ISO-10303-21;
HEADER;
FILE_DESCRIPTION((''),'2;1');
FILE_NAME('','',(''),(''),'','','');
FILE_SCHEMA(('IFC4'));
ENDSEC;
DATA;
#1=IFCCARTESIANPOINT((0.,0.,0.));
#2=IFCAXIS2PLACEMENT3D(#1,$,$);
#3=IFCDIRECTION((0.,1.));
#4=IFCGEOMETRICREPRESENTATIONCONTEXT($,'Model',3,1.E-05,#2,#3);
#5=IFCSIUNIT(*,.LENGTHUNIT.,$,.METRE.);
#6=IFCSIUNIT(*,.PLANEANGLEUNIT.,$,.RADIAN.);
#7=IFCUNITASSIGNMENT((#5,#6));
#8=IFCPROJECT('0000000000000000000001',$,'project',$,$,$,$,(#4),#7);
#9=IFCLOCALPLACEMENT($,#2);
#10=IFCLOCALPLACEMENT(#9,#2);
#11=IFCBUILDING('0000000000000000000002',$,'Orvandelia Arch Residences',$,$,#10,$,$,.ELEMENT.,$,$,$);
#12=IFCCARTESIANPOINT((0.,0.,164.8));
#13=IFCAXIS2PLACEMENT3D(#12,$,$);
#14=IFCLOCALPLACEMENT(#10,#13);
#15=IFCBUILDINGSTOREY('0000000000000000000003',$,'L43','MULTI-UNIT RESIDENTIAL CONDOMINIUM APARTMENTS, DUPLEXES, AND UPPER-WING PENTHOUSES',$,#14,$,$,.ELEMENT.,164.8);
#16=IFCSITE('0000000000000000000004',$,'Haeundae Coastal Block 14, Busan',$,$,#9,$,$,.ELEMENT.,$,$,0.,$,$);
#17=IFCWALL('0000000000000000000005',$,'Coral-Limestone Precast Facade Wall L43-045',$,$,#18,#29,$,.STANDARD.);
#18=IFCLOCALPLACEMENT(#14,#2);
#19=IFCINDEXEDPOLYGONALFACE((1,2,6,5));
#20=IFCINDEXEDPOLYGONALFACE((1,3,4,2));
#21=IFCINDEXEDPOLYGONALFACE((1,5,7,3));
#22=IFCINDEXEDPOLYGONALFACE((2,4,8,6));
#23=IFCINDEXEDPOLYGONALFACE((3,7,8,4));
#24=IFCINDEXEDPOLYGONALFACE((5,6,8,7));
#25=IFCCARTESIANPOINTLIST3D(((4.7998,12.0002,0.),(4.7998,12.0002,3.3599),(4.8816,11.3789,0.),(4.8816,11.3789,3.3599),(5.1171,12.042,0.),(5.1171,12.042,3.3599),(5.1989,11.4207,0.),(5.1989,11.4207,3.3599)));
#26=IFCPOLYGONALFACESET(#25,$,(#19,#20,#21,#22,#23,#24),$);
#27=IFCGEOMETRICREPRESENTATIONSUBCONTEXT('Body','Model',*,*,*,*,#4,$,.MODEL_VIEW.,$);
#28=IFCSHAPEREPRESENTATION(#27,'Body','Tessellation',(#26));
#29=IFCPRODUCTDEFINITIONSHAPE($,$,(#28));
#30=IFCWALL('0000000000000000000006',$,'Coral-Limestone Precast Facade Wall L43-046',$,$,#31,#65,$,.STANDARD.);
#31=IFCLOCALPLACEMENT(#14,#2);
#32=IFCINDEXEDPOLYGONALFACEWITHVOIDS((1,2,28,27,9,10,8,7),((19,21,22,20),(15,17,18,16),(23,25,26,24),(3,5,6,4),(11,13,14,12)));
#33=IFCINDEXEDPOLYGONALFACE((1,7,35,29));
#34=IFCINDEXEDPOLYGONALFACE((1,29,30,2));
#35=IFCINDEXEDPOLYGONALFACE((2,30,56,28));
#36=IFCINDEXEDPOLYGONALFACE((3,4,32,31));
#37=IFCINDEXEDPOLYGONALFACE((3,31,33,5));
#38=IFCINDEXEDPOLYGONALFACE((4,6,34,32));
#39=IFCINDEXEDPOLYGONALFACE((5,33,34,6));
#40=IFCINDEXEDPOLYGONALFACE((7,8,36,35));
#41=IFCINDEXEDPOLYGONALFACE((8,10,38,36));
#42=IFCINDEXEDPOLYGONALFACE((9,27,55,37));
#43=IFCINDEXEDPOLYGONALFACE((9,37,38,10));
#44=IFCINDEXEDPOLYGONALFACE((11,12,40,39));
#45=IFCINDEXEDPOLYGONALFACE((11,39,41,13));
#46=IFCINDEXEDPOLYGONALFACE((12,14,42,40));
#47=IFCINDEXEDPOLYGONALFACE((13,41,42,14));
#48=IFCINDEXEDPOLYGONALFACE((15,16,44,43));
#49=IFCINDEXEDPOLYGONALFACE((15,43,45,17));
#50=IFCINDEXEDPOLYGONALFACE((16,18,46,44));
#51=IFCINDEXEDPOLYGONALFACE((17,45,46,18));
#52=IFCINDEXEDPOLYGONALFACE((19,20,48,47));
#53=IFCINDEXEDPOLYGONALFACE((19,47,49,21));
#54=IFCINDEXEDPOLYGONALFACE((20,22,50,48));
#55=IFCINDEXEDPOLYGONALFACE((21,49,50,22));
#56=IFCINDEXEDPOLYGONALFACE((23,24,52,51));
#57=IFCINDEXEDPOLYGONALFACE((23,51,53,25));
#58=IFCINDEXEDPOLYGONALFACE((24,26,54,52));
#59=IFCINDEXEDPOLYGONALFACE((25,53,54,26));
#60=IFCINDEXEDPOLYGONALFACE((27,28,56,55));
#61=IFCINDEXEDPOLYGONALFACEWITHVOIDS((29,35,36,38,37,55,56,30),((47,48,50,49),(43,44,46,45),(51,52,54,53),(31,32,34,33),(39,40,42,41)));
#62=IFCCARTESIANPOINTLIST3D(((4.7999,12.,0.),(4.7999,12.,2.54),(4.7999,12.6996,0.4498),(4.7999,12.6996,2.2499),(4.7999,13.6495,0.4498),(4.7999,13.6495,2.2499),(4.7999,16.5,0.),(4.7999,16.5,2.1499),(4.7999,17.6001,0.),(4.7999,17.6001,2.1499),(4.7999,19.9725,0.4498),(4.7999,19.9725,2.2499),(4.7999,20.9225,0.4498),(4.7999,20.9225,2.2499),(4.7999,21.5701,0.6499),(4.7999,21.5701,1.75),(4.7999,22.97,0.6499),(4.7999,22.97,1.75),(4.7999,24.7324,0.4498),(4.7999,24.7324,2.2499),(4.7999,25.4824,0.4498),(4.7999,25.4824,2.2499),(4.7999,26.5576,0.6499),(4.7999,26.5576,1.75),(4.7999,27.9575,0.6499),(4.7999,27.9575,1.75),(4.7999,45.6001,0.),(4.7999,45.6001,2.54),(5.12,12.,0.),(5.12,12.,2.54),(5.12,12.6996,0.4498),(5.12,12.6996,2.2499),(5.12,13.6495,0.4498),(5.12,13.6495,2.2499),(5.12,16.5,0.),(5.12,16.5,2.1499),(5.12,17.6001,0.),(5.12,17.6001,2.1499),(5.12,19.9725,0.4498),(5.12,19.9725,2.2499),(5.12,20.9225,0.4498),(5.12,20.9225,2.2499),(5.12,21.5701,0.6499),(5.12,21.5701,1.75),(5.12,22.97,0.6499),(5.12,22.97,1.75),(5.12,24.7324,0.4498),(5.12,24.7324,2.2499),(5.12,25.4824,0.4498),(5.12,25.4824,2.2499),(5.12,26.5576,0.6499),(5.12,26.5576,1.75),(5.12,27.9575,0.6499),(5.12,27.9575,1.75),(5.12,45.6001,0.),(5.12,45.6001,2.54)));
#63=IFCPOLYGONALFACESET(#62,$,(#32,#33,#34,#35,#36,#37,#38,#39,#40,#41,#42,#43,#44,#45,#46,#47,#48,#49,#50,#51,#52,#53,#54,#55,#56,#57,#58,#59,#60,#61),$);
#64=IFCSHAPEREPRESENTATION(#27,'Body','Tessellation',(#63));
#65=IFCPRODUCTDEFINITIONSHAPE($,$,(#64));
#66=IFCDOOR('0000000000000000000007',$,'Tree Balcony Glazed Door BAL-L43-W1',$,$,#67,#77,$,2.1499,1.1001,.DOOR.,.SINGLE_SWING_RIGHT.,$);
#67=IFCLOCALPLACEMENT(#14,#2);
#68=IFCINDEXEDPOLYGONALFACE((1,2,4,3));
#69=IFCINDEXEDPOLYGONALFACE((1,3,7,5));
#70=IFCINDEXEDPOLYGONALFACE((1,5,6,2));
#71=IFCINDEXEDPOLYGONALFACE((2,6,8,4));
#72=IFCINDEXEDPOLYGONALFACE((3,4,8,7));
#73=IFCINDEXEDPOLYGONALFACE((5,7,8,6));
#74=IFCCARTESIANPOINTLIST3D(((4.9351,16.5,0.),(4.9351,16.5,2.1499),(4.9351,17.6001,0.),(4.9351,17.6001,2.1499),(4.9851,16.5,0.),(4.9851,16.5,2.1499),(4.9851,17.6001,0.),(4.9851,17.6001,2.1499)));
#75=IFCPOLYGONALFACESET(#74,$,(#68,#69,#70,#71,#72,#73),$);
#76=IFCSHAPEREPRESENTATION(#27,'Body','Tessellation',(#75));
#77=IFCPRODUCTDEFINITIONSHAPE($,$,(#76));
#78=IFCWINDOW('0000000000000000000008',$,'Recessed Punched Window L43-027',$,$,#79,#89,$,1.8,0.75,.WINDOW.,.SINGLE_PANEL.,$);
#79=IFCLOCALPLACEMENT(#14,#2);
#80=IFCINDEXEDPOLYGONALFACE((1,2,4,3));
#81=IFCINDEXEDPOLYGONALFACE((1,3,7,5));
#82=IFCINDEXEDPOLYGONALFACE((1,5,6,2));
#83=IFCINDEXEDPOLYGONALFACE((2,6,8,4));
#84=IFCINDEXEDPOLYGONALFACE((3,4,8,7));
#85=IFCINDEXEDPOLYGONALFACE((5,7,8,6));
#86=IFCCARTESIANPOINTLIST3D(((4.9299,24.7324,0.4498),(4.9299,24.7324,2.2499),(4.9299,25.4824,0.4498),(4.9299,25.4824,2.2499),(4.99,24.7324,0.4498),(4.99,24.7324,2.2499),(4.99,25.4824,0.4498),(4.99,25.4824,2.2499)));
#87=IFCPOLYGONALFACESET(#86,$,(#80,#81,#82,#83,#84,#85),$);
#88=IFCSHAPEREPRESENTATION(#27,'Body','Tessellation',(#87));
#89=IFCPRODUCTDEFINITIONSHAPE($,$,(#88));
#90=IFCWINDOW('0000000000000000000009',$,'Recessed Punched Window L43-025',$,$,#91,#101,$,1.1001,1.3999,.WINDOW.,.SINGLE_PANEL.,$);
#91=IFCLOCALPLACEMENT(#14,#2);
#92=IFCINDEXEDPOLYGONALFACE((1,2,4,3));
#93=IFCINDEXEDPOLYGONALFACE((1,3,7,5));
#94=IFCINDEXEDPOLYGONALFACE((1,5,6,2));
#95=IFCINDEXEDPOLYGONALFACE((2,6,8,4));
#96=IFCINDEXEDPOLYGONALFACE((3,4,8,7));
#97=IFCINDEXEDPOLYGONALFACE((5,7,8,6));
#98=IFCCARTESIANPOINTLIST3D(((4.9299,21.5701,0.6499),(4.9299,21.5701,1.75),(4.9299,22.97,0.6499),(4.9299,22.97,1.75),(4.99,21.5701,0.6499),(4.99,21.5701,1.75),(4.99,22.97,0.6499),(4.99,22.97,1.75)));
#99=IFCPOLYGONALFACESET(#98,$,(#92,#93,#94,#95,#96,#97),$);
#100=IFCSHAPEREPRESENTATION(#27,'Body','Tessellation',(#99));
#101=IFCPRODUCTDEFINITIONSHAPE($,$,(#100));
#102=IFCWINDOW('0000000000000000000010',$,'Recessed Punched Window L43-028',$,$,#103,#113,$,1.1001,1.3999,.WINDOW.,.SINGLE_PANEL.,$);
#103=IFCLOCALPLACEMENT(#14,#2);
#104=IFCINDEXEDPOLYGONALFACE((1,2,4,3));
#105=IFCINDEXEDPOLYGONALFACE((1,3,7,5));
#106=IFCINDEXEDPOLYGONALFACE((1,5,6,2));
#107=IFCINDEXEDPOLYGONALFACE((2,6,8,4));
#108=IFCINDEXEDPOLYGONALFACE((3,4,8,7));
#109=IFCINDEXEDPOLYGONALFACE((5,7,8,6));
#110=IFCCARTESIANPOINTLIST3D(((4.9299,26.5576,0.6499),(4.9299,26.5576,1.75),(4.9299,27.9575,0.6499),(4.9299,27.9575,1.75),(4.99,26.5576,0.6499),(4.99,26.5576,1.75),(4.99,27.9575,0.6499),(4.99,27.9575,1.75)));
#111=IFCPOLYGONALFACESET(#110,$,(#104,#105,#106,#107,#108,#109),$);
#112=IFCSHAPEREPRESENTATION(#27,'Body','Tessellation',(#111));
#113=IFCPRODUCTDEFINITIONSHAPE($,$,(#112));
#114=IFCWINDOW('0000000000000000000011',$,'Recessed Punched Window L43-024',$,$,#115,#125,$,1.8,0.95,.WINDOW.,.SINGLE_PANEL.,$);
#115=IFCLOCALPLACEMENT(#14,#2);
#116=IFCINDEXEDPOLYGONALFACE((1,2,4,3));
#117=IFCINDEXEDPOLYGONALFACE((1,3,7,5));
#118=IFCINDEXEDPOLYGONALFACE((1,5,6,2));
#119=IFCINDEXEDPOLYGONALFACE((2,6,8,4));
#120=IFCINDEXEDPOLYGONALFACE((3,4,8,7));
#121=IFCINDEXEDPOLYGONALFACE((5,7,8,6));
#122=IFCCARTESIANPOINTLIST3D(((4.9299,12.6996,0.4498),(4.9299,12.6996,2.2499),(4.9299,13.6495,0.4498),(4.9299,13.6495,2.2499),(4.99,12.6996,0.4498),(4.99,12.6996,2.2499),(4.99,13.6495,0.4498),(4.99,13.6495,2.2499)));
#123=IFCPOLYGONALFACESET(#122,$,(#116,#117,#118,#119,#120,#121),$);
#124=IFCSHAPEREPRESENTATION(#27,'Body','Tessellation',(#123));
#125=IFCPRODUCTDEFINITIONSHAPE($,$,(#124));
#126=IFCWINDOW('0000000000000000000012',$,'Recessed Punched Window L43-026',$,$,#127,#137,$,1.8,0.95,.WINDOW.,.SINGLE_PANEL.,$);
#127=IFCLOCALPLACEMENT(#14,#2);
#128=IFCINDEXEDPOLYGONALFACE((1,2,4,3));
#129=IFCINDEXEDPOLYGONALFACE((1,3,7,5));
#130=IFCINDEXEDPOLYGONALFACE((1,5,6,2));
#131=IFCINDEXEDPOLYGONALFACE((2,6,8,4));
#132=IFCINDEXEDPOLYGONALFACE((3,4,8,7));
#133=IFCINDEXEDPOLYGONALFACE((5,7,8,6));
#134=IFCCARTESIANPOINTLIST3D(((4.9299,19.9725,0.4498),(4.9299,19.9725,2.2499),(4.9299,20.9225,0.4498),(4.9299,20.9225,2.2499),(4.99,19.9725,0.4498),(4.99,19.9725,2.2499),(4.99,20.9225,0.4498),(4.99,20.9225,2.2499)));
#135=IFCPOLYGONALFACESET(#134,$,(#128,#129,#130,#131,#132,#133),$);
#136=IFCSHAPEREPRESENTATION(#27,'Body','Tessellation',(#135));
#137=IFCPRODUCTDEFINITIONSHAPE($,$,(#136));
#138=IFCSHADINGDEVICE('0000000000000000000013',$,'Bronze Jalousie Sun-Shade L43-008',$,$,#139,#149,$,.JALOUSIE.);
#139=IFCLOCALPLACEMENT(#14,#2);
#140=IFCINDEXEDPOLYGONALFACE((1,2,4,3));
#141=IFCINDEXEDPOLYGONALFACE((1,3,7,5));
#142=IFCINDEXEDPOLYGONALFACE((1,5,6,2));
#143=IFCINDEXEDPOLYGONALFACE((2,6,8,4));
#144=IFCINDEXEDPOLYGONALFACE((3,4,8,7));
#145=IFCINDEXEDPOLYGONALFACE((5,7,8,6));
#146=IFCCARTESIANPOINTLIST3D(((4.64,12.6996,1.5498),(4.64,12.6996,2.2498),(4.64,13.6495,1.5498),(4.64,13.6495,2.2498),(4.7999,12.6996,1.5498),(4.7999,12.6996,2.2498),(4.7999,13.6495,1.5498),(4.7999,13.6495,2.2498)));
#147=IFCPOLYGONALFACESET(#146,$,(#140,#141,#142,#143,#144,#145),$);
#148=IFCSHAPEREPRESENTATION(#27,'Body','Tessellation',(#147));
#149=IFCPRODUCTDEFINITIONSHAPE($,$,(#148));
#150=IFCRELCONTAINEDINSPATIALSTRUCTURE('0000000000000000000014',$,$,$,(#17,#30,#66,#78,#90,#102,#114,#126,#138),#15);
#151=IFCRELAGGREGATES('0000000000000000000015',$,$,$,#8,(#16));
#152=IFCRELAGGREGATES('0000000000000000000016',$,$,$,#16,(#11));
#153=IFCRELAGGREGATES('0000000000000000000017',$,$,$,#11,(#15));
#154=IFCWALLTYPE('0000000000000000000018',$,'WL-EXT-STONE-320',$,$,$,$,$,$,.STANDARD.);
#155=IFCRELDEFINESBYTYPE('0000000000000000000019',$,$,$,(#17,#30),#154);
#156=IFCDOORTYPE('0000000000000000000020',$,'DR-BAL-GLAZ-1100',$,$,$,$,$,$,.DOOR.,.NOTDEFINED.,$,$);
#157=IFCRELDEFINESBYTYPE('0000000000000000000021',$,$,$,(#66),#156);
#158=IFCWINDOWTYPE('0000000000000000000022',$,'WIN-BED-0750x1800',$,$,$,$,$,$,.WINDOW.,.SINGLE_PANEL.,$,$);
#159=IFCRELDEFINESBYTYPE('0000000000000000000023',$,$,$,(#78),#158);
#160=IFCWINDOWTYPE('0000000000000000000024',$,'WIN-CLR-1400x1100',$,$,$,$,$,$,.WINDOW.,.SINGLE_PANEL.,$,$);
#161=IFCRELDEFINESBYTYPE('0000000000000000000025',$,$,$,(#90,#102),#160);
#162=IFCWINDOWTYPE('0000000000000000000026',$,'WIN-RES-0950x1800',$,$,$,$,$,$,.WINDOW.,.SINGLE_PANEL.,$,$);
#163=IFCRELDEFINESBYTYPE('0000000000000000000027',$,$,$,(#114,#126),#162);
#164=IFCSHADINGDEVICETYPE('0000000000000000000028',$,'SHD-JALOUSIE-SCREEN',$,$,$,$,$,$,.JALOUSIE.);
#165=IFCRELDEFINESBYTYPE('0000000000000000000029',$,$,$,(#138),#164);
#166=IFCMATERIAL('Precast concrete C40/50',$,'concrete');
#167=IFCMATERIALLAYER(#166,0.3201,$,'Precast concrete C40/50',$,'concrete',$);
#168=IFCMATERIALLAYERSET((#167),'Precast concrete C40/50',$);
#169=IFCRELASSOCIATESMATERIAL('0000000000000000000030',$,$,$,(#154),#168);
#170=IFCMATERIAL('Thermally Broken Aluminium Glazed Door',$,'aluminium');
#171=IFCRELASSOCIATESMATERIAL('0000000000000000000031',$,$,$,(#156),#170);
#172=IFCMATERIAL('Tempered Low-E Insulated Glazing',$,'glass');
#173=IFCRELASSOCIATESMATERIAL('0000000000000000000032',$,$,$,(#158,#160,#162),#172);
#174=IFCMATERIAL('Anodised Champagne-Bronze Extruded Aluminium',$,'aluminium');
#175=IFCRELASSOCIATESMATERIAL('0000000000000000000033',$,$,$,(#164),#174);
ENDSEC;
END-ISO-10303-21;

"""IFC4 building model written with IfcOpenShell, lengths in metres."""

from ifc_helpers import new_model, si_unit, direction, frame, frame_2d, origin, origin_2d, place, context, subcontext, project, spatial, rectangle, extrude, material, layer, layer_set, type_object, element, fill, save


model = new_model("IFC4")

# Units and contexts
model_context = context("Model", 3, precision=1e-05, world=origin(), true_north=direction((0.0, 1.0)))
body_context = subcontext(model_context, "Body", "Model", "MODEL_VIEW")
ifc_project = project(units=[si_unit("LENGTHUNIT", "METRE"), si_unit("PLANEANGLEUNIT", "RADIAN")], contexts=[model_context])

# Site, building, storey
site_placement = place(None, origin())
site = spatial("IfcSite", under=ifc_project, at=site_placement, Name="Haeundae Coastal Block 14, Busan", CompositionType="ELEMENT", RefElevation=0.0)
building_placement = place(site_placement, origin())
building = spatial("IfcBuilding", under=site, at=building_placement, Name="Orvandelia Arch Residences", CompositionType="ELEMENT")
storey_placement = place(building_placement, frame((0.0, 0.0, 164.8)))
storey = spatial("IfcBuildingStorey", under=building, at=storey_placement, Name="L43", Description="MULTI-UNIT RESIDENTIAL CONDOMINIUM APARTMENTS, DUPLEXES, AND UPPER-WING PENTHOUSES", CompositionType="ELEMENT", Elevation=164.8)

# Shared definitions
ifc_material_1 = material(Name="Precast concrete C40/50", Category="concrete")

# Wall
ifc_layer_1 = layer(ifc_material_1, 0.3201, Name="Precast concrete C40/50", Category="concrete")
ifc_layer_set_1 = layer_set([ifc_layer_1], Name="Precast concrete C40/50")
wall_type_1 = type_object("IfcWallType", Name="WL-EXT-STONE-320", PredefinedType="STANDARD", material=ifc_layer_set_1)
wall_1_placement = place(storey_placement, frame((5.0403, 11.3997, 0.0), z_axis=(0.0, 0.0, 1.0), x_axis=(-0.130505, 0.991448, 0.0)))
element("IfcWall", 1, at=wall_1_placement, inside=storey, type_object=wall_type_1, Name="Coral-Limestone Precast Facade Wall L43-045", PredefinedType="STANDARD", context=body_context, shape_type="SweptSolid", body=[
    extrude(rectangle(XDim=0.6267, YDim=0.3201, at=frame_2d((0.3135, 0.0))), origin(), (0.0, 0.0, 1.0), 3.3599),
])

# Wall, openings, door, windows
wall_2_placement = place(storey_placement, frame((4.96, 12.0, 0.0), z_axis=(0.0, 0.0, 1.0), x_axis=(0.0, 1.0, 0.0)))
wall_2 = element("IfcWall", 2, at=wall_2_placement, inside=storey, type_object=wall_type_1, Name="Coral-Limestone Precast Facade Wall L43-046", PredefinedType="STANDARD", context=body_context, shape_type="SweptSolid", body=[
    extrude(rectangle(XDim=33.6001, YDim=0.3201, at=frame_2d((16.8, 0.0))), origin(), (0.0, 0.0, 1.0), 2.54),
])
opening_1_placement = place(wall_2_placement, frame((4.5, 0.0, 0.0)))
opening_1 = element("IfcOpeningElement", 3, at=opening_1_placement, cuts=wall_2, PredefinedType="OPENING", context=body_context, shape_type="SweptSolid", body=[
    extrude(rectangle(XDim=1.1001, YDim=2.1499, at=frame_2d((0.55, 1.075))), frame((0.0, 0.1699, 0.0), z_axis=(0.0, -1.0, 0.0), x_axis=(1.0, 0.0, 0.0)), (0.0, 0.0, 1.0), 0.3401),
])
opening_2_placement = place(wall_2_placement, frame((0.6995, 0.0, 0.45)))
opening_2 = element("IfcOpeningElement", 4, at=opening_2_placement, cuts=wall_2, PredefinedType="OPENING", context=body_context, shape_type="SweptSolid", body=[
    extrude(rectangle(XDim=0.95, YDim=1.8, at=frame_2d((0.4751, 0.8999))), frame((0.0, 0.1699, 0.0), z_axis=(0.0, -1.0, 0.0), x_axis=(1.0, 0.0, 0.0)), (0.0, 0.0, 1.0), 0.3401),
])
opening_3_placement = place(wall_2_placement, frame((9.5701, 0.0, 0.6499)))
opening_3 = element("IfcOpeningElement", 5, at=opening_3_placement, cuts=wall_2, PredefinedType="OPENING", context=body_context, shape_type="SweptSolid", body=[
    extrude(rectangle(XDim=1.3999, YDim=1.1001, at=frame_2d((0.7, 0.55))), frame((0.0, 0.1699, 0.0), z_axis=(0.0, -1.0, 0.0), x_axis=(1.0, 0.0, 0.0)), (0.0, 0.0, 1.0), 0.3401),
])
opening_4_placement = place(wall_2_placement, frame((7.9724, 0.0, 0.45)))
opening_4 = element("IfcOpeningElement", 6, at=opening_4_placement, cuts=wall_2, PredefinedType="OPENING", context=body_context, shape_type="SweptSolid", body=[
    extrude(rectangle(XDim=0.95, YDim=1.8, at=frame_2d((0.4751, 0.8999))), frame((0.0, 0.1699, 0.0), z_axis=(0.0, -1.0, 0.0), x_axis=(1.0, 0.0, 0.0)), (0.0, 0.0, 1.0), 0.3401),
])
opening_5_placement = place(wall_2_placement, frame((12.7324, 0.0, 0.45)))
opening_5 = element("IfcOpeningElement", 7, at=opening_5_placement, cuts=wall_2, PredefinedType="OPENING", context=body_context, shape_type="SweptSolid", body=[
    extrude(rectangle(XDim=0.75, YDim=1.8, at=frame_2d((0.375, 0.8999))), frame((0.0, 0.1699, 0.0), z_axis=(0.0, -1.0, 0.0), x_axis=(1.0, 0.0, 0.0)), (0.0, 0.0, 1.0), 0.3401),
])
opening_6_placement = place(wall_2_placement, frame((14.5576, 0.0, 0.6499)))
opening_6 = element("IfcOpeningElement", 8, at=opening_6_placement, cuts=wall_2, PredefinedType="OPENING", context=body_context, shape_type="SweptSolid", body=[
    extrude(rectangle(XDim=1.3999, YDim=1.1001, at=frame_2d((0.7, 0.55))), frame((0.0, 0.1699, 0.0), z_axis=(0.0, -1.0, 0.0), x_axis=(1.0, 0.0, 0.0)), (0.0, 0.0, 1.0), 0.3401),
])
ifc_material_2 = material(Name="Thermally Broken Aluminium Glazed Door", Category="aluminium")
door_type_1 = type_object("IfcDoorType", Name="DR-BAL-GLAZ-1100", OperationType="NOTDEFINED", PredefinedType="DOOR", material=ifc_material_2)
door_1_placement = place(opening_1_placement, origin())
door_1 = element("IfcDoor", 9, at=door_1_placement, inside=storey, type_object=door_type_1, Name="Tree Balcony Glazed Door BAL-L43-W1", OperationType="SINGLE_SWING_RIGHT", OverallHeight=2.1499, OverallWidth=1.1001, PredefinedType="DOOR", context=body_context, shape_type="SweptSolid", body=[
    extrude(rectangle(XDim=1.1001, YDim=2.1499, at=frame_2d((0.55, 1.075))), frame((0.0, 0.0249, 0.0), z_axis=(0.0, -1.0, 0.0), x_axis=(1.0, 0.0, 0.0)), (0.0, 0.0, 1.0), 0.05),
])
fill(opening_1, door_1)
ifc_material_3 = material(Name="Tempered Low-E Insulated Glazing", Category="glass")
window_type_1 = type_object("IfcWindowType", Name="WIN-BED-0750x1800", PartitioningType="SINGLE_PANEL", PredefinedType="WINDOW", material=ifc_material_3)
window_1_placement = place(opening_5_placement, origin())
window_1 = element("IfcWindow", 10, at=window_1_placement, inside=storey, type_object=window_type_1, Name="Recessed Punched Window L43-027", OverallHeight=1.8, OverallWidth=0.75, PartitioningType="SINGLE_PANEL", PredefinedType="WINDOW", context=body_context, shape_type="SweptSolid", body=[
    extrude(rectangle(XDim=0.75, YDim=1.8, at=frame_2d((0.375, 0.8999))), frame((0.0, 0.03, 0.0), z_axis=(0.0, -1.0, 0.0), x_axis=(1.0, 0.0, 0.0)), (0.0, 0.0, 1.0), 0.0601),
])
fill(opening_5, window_1)
window_type_2 = type_object("IfcWindowType", Name="WIN-CLR-1400x1100", PartitioningType="SINGLE_PANEL", PredefinedType="WINDOW", material=ifc_material_3)
window_2_placement = place(opening_3_placement, origin())
window_2 = element("IfcWindow", 11, at=window_2_placement, inside=storey, type_object=window_type_2, Name="Recessed Punched Window L43-025", OverallHeight=1.1001, OverallWidth=1.3999, PartitioningType="SINGLE_PANEL", PredefinedType="WINDOW", context=body_context, shape_type="SweptSolid", body=[
    extrude(rectangle(XDim=1.3999, YDim=1.1001, at=frame_2d((0.7, 0.55))), frame((0.0, 0.03, 0.0), z_axis=(0.0, -1.0, 0.0), x_axis=(1.0, 0.0, 0.0)), (0.0, 0.0, 1.0), 0.0601),
])
fill(opening_3, window_2)
window_3_placement = place(opening_6_placement, origin())
window_3 = element("IfcWindow", 12, at=window_3_placement, inside=storey, type_object=window_type_2, Name="Recessed Punched Window L43-028", OverallHeight=1.1001, OverallWidth=1.3999, PartitioningType="SINGLE_PANEL", PredefinedType="WINDOW", context=body_context, shape_type="SweptSolid", body=[
    extrude(rectangle(XDim=1.3999, YDim=1.1001, at=frame_2d((0.7, 0.55))), frame((0.0, 0.03, 0.0), z_axis=(0.0, -1.0, 0.0), x_axis=(1.0, 0.0, 0.0)), (0.0, 0.0, 1.0), 0.0601),
])
fill(opening_6, window_3)
window_type_3 = type_object("IfcWindowType", Name="WIN-RES-0950x1800", PartitioningType="SINGLE_PANEL", PredefinedType="WINDOW", material=ifc_material_3)
window_4_placement = place(opening_2_placement, origin())
window_4 = element("IfcWindow", 13, at=window_4_placement, inside=storey, type_object=window_type_3, Name="Recessed Punched Window L43-024", OverallHeight=1.8, OverallWidth=0.95, PartitioningType="SINGLE_PANEL", PredefinedType="WINDOW", context=body_context, shape_type="SweptSolid", body=[
    extrude(rectangle(XDim=0.95, YDim=1.8, at=frame_2d((0.4751, 0.8999))), frame((0.0, 0.03, 0.0), z_axis=(0.0, -1.0, 0.0), x_axis=(1.0, 0.0, 0.0)), (0.0, 0.0, 1.0), 0.0601),
])
fill(opening_2, window_4)
window_5_placement = place(opening_4_placement, origin())
window_5 = element("IfcWindow", 14, at=window_5_placement, inside=storey, type_object=window_type_3, Name="Recessed Punched Window L43-026", OverallHeight=1.8, OverallWidth=0.95, PartitioningType="SINGLE_PANEL", PredefinedType="WINDOW", context=body_context, shape_type="SweptSolid", body=[
    extrude(rectangle(XDim=0.95, YDim=1.8, at=frame_2d((0.4751, 0.8999))), frame((0.0, 0.03, 0.0), z_axis=(0.0, -1.0, 0.0), x_axis=(1.0, 0.0, 0.0)), (0.0, 0.0, 1.0), 0.0601),
])
fill(opening_4, window_5)

# Shading device
ifc_material_4 = material(Name="Anodised Champagne-Bronze Extruded Aluminium", Category="aluminium")
shading_device_type = type_object("IfcShadingDeviceType", Name="SHD-JALOUSIE-SCREEN", PredefinedType="JALOUSIE", material=ifc_material_4)
shading_device_placement = place(storey_placement, frame((4.72, 13.1746, 1.5498), z_axis=(0.0, 0.0, 1.0), x_axis=(0.0, 1.0, 0.0)))
element("IfcShadingDevice", 15, at=shading_device_placement, inside=storey, type_object=shading_device_type, Name="Bronze Jalousie Sun-Shade L43-008", PredefinedType="JALOUSIE", context=body_context, shape_type="SweptSolid", body=[
    extrude(rectangle(XDim=0.95, YDim=0.1599, at=origin_2d()), origin(), (0.0, 0.0, 1.0), 0.7),
])

save(model, "model.ifc")
